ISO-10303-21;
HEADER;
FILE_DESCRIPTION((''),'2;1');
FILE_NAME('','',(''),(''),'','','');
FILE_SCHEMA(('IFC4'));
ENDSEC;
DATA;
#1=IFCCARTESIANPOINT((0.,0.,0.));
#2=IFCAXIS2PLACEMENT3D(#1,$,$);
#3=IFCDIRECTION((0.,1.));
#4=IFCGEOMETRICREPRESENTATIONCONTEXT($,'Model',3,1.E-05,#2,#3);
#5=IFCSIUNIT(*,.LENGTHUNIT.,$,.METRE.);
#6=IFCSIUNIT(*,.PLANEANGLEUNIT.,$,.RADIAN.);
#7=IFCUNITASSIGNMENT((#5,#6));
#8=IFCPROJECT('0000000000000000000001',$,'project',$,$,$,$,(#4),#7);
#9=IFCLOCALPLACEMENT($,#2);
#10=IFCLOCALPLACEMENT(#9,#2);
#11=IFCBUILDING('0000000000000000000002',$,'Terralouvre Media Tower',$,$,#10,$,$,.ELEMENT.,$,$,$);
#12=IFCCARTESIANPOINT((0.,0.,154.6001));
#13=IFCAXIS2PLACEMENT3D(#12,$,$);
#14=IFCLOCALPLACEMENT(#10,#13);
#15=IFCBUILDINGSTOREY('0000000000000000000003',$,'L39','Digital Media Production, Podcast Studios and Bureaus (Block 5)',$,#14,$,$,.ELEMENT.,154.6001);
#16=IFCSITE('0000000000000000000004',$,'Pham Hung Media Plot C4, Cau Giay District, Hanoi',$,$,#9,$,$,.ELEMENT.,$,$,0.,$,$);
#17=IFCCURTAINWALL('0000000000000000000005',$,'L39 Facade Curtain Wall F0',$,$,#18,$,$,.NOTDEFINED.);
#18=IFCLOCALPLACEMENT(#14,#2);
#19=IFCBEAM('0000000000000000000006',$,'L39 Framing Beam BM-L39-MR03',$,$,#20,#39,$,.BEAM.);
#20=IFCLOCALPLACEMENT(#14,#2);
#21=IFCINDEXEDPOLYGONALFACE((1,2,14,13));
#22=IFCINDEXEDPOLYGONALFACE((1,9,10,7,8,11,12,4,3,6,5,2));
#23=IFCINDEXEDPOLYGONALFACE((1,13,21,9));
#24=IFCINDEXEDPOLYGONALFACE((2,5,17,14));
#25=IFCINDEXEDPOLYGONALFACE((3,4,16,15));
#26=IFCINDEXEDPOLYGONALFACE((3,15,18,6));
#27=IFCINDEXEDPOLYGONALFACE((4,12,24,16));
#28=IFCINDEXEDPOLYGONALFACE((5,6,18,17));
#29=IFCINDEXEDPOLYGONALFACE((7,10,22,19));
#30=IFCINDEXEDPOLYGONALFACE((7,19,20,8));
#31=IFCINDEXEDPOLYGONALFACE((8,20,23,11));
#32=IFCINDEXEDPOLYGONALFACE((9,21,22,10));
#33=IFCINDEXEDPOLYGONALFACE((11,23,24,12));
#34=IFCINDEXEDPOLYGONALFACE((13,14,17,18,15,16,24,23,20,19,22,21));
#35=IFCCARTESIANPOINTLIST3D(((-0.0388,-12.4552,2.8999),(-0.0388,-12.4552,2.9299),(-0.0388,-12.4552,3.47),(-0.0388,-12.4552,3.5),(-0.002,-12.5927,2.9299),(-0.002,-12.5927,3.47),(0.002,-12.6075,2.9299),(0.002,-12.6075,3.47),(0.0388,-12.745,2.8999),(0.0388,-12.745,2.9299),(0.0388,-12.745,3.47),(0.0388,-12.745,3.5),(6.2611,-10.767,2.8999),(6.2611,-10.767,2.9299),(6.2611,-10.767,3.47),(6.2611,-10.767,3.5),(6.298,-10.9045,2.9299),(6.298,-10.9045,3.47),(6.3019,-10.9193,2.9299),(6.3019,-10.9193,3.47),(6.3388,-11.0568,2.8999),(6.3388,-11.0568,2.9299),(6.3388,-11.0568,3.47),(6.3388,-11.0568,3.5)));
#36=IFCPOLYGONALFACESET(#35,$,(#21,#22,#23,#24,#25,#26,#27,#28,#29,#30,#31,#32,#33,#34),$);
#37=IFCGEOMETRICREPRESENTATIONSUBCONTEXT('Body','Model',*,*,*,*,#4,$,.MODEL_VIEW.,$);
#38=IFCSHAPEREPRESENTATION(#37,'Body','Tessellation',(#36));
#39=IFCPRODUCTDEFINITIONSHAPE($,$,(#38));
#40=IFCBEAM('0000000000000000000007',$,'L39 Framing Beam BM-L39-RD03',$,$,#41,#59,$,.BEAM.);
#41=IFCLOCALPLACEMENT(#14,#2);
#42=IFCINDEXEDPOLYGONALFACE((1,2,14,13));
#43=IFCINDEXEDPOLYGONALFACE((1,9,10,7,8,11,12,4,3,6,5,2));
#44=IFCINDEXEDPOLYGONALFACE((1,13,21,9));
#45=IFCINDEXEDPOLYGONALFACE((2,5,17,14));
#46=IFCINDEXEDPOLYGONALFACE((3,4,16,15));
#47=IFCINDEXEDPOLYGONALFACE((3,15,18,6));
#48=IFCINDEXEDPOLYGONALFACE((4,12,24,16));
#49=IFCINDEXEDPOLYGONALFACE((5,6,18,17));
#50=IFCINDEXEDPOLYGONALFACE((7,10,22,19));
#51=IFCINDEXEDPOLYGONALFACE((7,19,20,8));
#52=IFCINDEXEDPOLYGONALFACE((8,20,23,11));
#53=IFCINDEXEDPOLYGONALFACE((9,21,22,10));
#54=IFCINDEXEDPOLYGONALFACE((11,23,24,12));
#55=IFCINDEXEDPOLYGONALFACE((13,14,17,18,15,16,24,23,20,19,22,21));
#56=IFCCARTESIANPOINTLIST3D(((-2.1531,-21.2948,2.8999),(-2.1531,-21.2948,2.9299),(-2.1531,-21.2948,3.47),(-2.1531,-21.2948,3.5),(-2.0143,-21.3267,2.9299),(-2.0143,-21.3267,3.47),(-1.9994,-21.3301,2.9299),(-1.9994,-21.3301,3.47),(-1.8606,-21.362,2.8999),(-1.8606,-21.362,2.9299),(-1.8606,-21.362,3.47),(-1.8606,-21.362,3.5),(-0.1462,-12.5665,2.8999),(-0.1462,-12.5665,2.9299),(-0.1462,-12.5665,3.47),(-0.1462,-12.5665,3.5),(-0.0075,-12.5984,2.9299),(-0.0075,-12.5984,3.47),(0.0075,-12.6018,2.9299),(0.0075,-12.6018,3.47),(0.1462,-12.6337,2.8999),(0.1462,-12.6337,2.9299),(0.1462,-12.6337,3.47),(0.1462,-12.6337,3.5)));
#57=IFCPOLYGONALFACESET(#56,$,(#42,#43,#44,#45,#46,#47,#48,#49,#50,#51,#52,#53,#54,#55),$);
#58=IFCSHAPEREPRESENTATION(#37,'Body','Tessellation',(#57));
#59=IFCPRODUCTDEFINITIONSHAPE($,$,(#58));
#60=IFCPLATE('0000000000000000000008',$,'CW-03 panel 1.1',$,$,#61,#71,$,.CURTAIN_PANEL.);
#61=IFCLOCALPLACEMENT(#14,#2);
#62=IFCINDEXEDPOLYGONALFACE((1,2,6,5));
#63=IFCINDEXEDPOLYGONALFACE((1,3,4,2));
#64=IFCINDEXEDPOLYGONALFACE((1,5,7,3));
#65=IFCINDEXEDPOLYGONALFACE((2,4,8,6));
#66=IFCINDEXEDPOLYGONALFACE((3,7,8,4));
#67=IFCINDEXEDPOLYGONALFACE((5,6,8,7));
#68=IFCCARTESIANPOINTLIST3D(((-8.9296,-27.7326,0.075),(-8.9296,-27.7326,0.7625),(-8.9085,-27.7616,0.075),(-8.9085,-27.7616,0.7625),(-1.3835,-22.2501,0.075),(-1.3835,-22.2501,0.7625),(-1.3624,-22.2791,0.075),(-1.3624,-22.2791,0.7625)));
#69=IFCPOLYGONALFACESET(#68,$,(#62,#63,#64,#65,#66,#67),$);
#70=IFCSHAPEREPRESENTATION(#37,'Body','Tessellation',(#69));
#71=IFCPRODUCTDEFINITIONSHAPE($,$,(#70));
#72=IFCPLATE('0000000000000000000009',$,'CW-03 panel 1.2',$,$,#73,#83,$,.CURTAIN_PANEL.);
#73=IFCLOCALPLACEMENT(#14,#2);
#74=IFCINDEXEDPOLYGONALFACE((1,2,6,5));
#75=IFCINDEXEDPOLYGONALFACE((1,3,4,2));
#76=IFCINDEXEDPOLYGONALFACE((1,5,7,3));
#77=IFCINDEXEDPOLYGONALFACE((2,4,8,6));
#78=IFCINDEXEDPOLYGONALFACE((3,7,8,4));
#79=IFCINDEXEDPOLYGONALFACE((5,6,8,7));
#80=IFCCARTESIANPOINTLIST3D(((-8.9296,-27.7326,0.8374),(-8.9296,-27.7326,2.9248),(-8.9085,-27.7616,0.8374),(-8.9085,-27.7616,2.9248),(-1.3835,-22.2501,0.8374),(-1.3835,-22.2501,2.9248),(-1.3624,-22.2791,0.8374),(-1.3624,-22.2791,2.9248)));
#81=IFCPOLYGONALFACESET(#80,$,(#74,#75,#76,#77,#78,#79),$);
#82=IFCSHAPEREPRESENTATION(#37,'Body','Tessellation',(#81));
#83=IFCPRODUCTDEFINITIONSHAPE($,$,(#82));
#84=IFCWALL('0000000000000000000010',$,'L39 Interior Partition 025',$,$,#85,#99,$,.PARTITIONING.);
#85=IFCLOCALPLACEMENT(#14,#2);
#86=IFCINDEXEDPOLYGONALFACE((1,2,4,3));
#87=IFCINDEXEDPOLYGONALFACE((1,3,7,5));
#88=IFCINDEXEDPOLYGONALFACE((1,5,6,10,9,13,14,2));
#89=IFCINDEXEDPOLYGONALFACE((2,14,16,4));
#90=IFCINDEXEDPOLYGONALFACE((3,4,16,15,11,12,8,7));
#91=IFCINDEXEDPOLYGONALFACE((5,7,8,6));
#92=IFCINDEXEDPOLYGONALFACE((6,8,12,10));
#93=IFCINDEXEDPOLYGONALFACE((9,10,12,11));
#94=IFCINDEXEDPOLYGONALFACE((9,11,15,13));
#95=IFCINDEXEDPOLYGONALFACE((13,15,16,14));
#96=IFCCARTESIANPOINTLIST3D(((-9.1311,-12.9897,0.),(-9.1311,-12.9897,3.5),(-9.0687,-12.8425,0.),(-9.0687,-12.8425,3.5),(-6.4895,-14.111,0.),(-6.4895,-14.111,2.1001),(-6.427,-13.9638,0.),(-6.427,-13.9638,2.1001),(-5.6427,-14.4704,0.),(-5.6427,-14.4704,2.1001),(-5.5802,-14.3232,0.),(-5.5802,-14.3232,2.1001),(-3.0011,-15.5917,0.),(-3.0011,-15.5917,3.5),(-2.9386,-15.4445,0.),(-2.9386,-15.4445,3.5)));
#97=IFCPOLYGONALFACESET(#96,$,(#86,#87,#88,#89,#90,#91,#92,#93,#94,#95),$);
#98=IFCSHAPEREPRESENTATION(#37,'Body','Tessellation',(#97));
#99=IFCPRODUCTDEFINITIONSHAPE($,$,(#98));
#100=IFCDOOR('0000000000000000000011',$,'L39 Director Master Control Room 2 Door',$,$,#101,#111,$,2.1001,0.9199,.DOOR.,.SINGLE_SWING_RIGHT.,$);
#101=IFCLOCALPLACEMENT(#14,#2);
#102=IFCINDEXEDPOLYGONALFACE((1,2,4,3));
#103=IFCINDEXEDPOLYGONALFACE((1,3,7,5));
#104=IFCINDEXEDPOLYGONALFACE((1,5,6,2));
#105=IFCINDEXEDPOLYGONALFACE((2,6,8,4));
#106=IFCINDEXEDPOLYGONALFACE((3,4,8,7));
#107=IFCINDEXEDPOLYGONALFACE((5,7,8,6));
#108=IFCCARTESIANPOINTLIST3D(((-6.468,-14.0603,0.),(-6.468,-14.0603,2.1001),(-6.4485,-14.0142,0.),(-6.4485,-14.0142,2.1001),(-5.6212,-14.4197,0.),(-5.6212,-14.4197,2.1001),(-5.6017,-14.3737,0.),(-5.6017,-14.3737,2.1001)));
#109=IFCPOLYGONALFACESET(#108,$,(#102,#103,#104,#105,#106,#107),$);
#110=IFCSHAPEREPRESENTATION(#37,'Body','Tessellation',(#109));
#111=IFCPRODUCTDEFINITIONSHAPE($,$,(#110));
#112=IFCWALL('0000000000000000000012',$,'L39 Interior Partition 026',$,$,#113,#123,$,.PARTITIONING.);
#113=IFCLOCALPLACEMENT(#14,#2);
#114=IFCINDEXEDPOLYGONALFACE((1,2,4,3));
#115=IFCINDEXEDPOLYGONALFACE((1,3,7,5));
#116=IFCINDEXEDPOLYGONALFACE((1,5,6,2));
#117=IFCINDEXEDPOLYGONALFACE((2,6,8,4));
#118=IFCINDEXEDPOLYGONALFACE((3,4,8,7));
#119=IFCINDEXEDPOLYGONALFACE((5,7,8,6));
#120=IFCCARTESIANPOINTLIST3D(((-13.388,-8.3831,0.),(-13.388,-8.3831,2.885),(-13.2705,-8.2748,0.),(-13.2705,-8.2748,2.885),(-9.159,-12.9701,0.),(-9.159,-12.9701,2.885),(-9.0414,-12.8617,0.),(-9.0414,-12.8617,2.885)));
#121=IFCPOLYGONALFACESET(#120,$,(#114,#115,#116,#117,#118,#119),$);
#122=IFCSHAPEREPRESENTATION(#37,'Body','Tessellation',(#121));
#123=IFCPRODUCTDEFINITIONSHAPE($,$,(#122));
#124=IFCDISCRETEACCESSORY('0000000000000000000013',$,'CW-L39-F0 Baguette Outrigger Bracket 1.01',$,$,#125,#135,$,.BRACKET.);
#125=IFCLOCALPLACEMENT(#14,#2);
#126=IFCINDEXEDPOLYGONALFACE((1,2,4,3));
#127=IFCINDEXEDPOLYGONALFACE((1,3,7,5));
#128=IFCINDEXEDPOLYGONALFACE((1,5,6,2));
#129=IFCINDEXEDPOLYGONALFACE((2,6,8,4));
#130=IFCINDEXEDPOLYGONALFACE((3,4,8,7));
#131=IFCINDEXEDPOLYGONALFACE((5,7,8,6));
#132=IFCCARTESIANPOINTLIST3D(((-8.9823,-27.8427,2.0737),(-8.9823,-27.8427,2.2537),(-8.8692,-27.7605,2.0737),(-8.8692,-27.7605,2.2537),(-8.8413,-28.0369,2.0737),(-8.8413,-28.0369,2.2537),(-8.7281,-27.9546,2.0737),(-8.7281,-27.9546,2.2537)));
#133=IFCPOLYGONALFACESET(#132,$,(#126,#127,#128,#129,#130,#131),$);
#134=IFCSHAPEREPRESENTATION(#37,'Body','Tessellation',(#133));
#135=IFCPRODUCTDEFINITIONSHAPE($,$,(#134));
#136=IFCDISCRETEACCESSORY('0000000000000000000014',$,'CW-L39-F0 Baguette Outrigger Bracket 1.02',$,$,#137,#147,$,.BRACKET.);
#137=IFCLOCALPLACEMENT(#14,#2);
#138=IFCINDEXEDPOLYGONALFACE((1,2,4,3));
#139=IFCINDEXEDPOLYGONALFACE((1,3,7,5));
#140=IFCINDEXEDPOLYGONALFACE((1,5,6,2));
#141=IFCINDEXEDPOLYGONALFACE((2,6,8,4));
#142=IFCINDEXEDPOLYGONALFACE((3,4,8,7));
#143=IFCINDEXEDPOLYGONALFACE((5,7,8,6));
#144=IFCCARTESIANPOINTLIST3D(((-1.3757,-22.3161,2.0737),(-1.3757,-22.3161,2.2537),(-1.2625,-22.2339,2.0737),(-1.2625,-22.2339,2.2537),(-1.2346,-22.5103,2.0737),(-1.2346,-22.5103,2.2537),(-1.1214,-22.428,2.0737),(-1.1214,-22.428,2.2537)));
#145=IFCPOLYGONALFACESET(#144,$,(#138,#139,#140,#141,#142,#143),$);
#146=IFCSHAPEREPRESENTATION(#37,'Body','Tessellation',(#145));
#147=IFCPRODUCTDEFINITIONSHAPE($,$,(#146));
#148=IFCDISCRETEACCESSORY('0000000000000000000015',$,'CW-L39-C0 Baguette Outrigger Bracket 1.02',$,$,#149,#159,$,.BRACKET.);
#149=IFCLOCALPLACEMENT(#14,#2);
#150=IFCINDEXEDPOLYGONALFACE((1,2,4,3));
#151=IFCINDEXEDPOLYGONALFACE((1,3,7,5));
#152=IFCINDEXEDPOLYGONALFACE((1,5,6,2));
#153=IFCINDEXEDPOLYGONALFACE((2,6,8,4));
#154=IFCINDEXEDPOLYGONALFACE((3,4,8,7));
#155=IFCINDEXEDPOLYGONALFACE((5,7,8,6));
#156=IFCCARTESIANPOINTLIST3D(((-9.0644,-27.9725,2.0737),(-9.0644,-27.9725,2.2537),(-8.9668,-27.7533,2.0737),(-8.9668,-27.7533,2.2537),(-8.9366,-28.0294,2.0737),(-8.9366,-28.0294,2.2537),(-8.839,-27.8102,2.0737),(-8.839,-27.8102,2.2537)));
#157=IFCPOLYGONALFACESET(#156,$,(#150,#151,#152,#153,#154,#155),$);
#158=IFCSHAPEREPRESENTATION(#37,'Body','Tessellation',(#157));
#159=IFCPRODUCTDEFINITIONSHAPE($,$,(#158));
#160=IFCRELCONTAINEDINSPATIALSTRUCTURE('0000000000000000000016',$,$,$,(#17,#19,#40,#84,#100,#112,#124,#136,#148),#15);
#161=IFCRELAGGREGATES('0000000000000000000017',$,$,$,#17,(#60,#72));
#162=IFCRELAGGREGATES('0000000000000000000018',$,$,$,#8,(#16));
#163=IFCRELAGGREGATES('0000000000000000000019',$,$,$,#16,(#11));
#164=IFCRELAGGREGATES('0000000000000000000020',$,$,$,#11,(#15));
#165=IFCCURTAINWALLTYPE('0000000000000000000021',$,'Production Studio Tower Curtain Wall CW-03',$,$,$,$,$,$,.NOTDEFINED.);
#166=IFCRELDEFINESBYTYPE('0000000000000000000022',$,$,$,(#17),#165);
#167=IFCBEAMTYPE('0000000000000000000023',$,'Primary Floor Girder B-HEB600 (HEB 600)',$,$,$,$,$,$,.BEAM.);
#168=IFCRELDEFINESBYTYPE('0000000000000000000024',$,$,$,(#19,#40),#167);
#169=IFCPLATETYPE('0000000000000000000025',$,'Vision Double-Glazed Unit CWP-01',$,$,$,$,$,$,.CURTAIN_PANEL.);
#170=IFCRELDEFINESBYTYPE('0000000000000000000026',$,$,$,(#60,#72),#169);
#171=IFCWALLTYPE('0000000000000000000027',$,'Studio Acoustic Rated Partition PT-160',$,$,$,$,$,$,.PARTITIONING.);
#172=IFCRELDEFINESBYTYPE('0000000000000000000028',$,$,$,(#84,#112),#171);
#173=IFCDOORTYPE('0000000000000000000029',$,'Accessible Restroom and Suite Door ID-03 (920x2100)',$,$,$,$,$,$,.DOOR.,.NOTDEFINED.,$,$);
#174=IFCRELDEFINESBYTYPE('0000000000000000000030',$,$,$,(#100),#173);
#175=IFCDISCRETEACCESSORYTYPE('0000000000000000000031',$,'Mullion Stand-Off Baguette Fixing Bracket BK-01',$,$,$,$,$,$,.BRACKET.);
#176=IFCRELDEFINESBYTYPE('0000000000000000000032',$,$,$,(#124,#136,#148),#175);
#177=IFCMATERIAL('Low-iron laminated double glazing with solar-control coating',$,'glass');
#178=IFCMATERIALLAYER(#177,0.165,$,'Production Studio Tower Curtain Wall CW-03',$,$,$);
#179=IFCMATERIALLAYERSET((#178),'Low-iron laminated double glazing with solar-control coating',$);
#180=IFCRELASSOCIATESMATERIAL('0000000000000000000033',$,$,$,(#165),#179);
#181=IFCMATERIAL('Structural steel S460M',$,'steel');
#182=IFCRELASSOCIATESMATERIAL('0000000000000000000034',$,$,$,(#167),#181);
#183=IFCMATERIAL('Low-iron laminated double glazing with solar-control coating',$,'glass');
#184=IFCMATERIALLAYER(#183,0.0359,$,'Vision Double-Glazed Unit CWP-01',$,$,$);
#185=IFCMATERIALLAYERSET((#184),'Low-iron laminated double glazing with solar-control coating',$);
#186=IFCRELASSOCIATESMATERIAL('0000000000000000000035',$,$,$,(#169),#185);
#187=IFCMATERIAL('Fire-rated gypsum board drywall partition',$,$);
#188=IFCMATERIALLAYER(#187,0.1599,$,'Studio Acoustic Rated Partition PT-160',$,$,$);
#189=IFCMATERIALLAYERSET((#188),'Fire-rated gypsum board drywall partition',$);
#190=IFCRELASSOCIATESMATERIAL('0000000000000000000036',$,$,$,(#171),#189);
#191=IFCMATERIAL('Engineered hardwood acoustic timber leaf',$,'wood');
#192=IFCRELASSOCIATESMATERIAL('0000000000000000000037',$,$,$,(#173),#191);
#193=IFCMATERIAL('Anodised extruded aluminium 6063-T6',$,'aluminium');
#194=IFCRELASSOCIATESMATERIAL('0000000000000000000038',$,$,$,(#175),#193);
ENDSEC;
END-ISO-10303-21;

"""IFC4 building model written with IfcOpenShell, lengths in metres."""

from ifc_helpers import new_model, si_unit, direction, frame, frame_2d, origin, origin_2d, place, context, subcontext, project, spatial, rectangle, i_section, extrude, material, layer, layer_set, material_profile, profile_set, type_object, element, fill, aggregate, save


model = new_model("IFC4")

# Units and contexts
model_context = context("Model", 3, precision=1e-05, world=origin(), true_north=direction((0.0, 1.0)))
body_context = subcontext(model_context, "Body", "Model", "MODEL_VIEW")
ifc_project = project(units=[si_unit("LENGTHUNIT", "METRE"), si_unit("PLANEANGLEUNIT", "RADIAN")], contexts=[model_context])

# Site, building, storey
site_placement = place(None, origin())
site = spatial("IfcSite", under=ifc_project, at=site_placement, Name="Pham Hung Media Plot C4, Cau Giay District, Hanoi", CompositionType="ELEMENT", RefElevation=0.0)
building_placement = place(site_placement, origin())
building = spatial("IfcBuilding", under=site, at=building_placement, Name="Terralouvre Media Tower", CompositionType="ELEMENT")
storey_placement = place(building_placement, frame((0.0, 0.0, 154.6001)))
storey = spatial("IfcBuildingStorey", under=building, at=storey_placement, Name="L39", Description="Digital Media Production, Podcast Studios and Bureaus (Block 5)", CompositionType="ELEMENT", Elevation=154.6001)

# Curtain wall
ifc_material_1 = material(Name="Low-iron laminated double glazing with solar-control coating", Category="glass")
ifc_layer_1 = layer(ifc_material_1, 0.165, Name="Production Studio Tower Curtain Wall CW-03")
ifc_layer_set_1 = layer_set([ifc_layer_1], Name="Low-iron laminated double glazing with solar-control coating")
curtain_wall_type_1 = type_object("IfcCurtainWallType", Name="Production Studio Tower Curtain Wall CW-03", PredefinedType="NOTDEFINED", material=ifc_layer_set_1)
curtain_wall_1_placement = place(storey_placement, origin())
curtain_wall_1 = element("IfcCurtainWall", 1, at=curtain_wall_1_placement, inside=storey, type_object=curtain_wall_type_1, Name="L39 Facade Curtain Wall F0", PredefinedType="NOTDEFINED")

# Beams
ifc_material_2 = material(Name="Structural steel S460M", Category="steel")
ifc_material_profile_1 = material_profile(ifc_material_2, i_section(OverallWidth=0.3, OverallDepth=0.6001, WebThickness=0.0154, FlangeThickness=0.03, at=origin_2d()), Name="HEB 600")
ifc_profile_set_1 = profile_set([ifc_material_profile_1], Name="Structural steel S460M")
beam_type_1 = type_object("IfcBeamType", Name="Primary Floor Girder B-HEB600 (HEB 600)", PredefinedType="BEAM", material=ifc_profile_set_1)
beam_1_placement = place(storey_placement, frame((0.0, -12.6001, 3.2), z_axis=(0.96592, 0.258839, 0.0), x_axis=(-0.258839, 0.96592, 0.0)))
element("IfcBeam", 2, at=beam_1_placement, inside=storey, type_object=beam_type_1, Name="L39 Framing Beam BM-L39-MR03", PredefinedType="BEAM", context=body_context, shape_type="SweptSolid", body=[
    extrude(i_section(OverallWidth=0.3, OverallDepth=0.6001, WebThickness=0.0154, FlangeThickness=0.03, at=origin_2d()), origin(), (0.0, 0.0, 1.0), 6.5222),
])
beam_2_placement = place(storey_placement, frame((0.0, -12.6001, 3.2), z_axis=(-0.224077, -0.974571, 0.0), x_axis=(0.974571, -0.224077, 0.0)))
element("IfcBeam", 3, at=beam_2_placement, inside=storey, type_object=beam_type_1, Name="L39 Framing Beam BM-L39-RD03", PredefinedType="BEAM", context=body_context, shape_type="SweptSolid", body=[
    extrude(i_section(OverallWidth=0.3, OverallDepth=0.6001, WebThickness=0.0154, FlangeThickness=0.03, at=origin_2d()), origin(), (0.0, 0.0, 1.0), 8.9561),
])

# Plates
ifc_material_3 = material(Name="Low-iron laminated double glazing with solar-control coating", Category="glass")
ifc_layer_2 = layer(ifc_material_3, 0.0359, Name="Vision Double-Glazed Unit CWP-01")
ifc_layer_set_2 = layer_set([ifc_layer_2], Name="Low-iron laminated double glazing with solar-control coating")
plate_type = type_object("IfcPlateType", Name="Vision Double-Glazed Unit CWP-01", PredefinedType="CURTAIN_PANEL", material=ifc_layer_set_2)
plate_1_placement = place(storey_placement, frame((-5.146, -25.0059, 0.075), z_axis=(0.0, 0.0, 1.0), x_axis=(0.809017, 0.587785, 0.0)))
plate_1 = element("IfcPlate", 4, at=plate_1_placement, type_object=plate_type, Name="CW-03 panel 1.1", PredefinedType="CURTAIN_PANEL", context=body_context, shape_type="SweptSolid", body=[
    extrude(rectangle(XDim=9.3274, YDim=0.0359, at=origin_2d()), origin(), (0.0, 0.0, 1.0), 0.6875),
])
plate_2_placement = place(storey_placement, frame((-5.146, -25.0059, 0.8374), z_axis=(0.0, 0.0, 1.0), x_axis=(0.809017, 0.587785, 0.0)))
plate_2 = element("IfcPlate", 5, at=plate_2_placement, type_object=plate_type, Name="CW-03 panel 1.2", PredefinedType="CURTAIN_PANEL", context=body_context, shape_type="SweptSolid", body=[
    extrude(rectangle(XDim=9.3274, YDim=0.0359, at=origin_2d()), origin(), (0.0, 0.0, 1.0), 2.0874),
])
aggregate(curtain_wall_1, [plate_1, plate_2])

# Wall, opening, door
ifc_material_4 = material(Name="Fire-rated gypsum board drywall partition")
ifc_layer_3 = layer(ifc_material_4, 0.1599, Name="Studio Acoustic Rated Partition PT-160")
ifc_layer_set_3 = layer_set([ifc_layer_3], Name="Fire-rated gypsum board drywall partition")
wall_type = type_object("IfcWallType", Name="Studio Acoustic Rated Partition PT-160", PredefinedType="PARTITIONING", material=ifc_layer_set_3)
wall_1_placement = place(storey_placement, frame((-2.97, -15.5181, 0.0), z_axis=(0.0, 0.0, 1.0), x_axis=(-0.920507, 0.390727, 0.0)))
wall_1 = element("IfcWall", 6, at=wall_1_placement, inside=storey, type_object=wall_type, Name="L39 Interior Partition 025", PredefinedType="PARTITIONING", context=body_context, shape_type="SweptSolid", body=[
    extrude(rectangle(XDim=6.6594, YDim=0.1599, at=frame_2d((3.3296, 0.0))), origin(), (0.0, 0.0, 1.0), 3.5),
])
opening_placement = place(wall_1_placement, frame((2.8696, 0.0, 0.0)))
opening = element("IfcOpeningElement", 7, at=opening_placement, cuts=wall_1, PredefinedType="OPENING", context=body_context, shape_type="SweptSolid", body=[
    extrude(rectangle(XDim=0.9199, YDim=2.1001, at=frame_2d((0.46, 1.05))), frame((0.0, 0.0898, 0.0), z_axis=(0.0, -1.0, 0.0), x_axis=(1.0, 0.0, 0.0)), (0.0, 0.0, 1.0), 0.1799),
])
ifc_material_5 = material(Name="Engineered hardwood acoustic timber leaf", Category="wood")
door_type = type_object("IfcDoorType", Name="Accessible Restroom and Suite Door ID-03 (920x2100)", OperationType="NOTDEFINED", PredefinedType="DOOR", material=ifc_material_5)
door_placement = place(opening_placement, origin())
door = element("IfcDoor", 8, at=door_placement, inside=storey, type_object=door_type, Name="L39 Director Master Control Room 2 Door", OperationType="SINGLE_SWING_RIGHT", OverallHeight=2.1001, OverallWidth=0.9199, PredefinedType="DOOR", context=body_context, shape_type="SweptSolid", body=[
    extrude(rectangle(XDim=0.9199, YDim=2.1001, at=frame_2d((0.46, 1.05))), frame((0.0, 0.0249, 0.0), z_axis=(0.0, -1.0, 0.0), x_axis=(1.0, 0.0, 0.0)), (0.0, 0.0, 1.0), 0.05),
])
fill(opening, door)

# Wall
wall_2_placement = place(storey_placement, frame((-9.1001, -12.916, 0.0), z_axis=(0.0, 0.0, 1.0), x_axis=(-0.677841, 0.735208, 0.0)))
element("IfcWall", 9, at=wall_2_placement, inside=storey, type_object=wall_type, Name="L39 Interior Partition 026", PredefinedType="PARTITIONING", context=body_context, shape_type="SweptSolid", body=[
    extrude(rectangle(XDim=6.239, YDim=0.1599, at=frame_2d((3.1196, 0.0))), origin(), (0.0, 0.0, 1.0), 2.885),
])

# Discrete accessories
ifc_material_6 = material(Name="Anodised extruded aluminium 6063-T6", Category="aluminium")
discrete_accessory_type = type_object("IfcDiscreteAccessoryType", Name="Mullion Stand-Off Baguette Fixing Bracket BK-01", PredefinedType="BRACKET", material=ifc_material_6)
for number, where, z_axis, x_axis, name in (
    (10, (-8.8552, -27.8987, 2.0737), (0.0, 0.0, 1.0), (0.809017, 0.587785, 0.0), "CW-L39-F0 Baguette Outrigger Bracket 1.01"),
    (11, (-1.2485, -22.3721, 2.0737), (0.0, 0.0, 1.0), (0.809017, 0.587785, 0.0), "CW-L39-F0 Baguette Outrigger Bracket 1.02"),
    (12, (-8.9517, -27.8914, 2.0737), (0.0, 0.0, 1.0), (0.913545, -0.406737, 0.0), "CW-L39-C0 Baguette Outrigger Bracket 1.02"),
):
    element("IfcDiscreteAccessory", number, at=place(storey_placement, frame(where, z_axis=z_axis, x_axis=x_axis)), inside=storey, type_object=discrete_accessory_type, Name=name, PredefinedType="BRACKET", context=body_context, shape_type="SweptSolid", body=[
        extrude(rectangle(XDim=0.1399, YDim=0.24, at=origin_2d()), origin(), (0.0, 0.0, 1.0), 0.1799),
    ])

save(model, "model.ifc")
